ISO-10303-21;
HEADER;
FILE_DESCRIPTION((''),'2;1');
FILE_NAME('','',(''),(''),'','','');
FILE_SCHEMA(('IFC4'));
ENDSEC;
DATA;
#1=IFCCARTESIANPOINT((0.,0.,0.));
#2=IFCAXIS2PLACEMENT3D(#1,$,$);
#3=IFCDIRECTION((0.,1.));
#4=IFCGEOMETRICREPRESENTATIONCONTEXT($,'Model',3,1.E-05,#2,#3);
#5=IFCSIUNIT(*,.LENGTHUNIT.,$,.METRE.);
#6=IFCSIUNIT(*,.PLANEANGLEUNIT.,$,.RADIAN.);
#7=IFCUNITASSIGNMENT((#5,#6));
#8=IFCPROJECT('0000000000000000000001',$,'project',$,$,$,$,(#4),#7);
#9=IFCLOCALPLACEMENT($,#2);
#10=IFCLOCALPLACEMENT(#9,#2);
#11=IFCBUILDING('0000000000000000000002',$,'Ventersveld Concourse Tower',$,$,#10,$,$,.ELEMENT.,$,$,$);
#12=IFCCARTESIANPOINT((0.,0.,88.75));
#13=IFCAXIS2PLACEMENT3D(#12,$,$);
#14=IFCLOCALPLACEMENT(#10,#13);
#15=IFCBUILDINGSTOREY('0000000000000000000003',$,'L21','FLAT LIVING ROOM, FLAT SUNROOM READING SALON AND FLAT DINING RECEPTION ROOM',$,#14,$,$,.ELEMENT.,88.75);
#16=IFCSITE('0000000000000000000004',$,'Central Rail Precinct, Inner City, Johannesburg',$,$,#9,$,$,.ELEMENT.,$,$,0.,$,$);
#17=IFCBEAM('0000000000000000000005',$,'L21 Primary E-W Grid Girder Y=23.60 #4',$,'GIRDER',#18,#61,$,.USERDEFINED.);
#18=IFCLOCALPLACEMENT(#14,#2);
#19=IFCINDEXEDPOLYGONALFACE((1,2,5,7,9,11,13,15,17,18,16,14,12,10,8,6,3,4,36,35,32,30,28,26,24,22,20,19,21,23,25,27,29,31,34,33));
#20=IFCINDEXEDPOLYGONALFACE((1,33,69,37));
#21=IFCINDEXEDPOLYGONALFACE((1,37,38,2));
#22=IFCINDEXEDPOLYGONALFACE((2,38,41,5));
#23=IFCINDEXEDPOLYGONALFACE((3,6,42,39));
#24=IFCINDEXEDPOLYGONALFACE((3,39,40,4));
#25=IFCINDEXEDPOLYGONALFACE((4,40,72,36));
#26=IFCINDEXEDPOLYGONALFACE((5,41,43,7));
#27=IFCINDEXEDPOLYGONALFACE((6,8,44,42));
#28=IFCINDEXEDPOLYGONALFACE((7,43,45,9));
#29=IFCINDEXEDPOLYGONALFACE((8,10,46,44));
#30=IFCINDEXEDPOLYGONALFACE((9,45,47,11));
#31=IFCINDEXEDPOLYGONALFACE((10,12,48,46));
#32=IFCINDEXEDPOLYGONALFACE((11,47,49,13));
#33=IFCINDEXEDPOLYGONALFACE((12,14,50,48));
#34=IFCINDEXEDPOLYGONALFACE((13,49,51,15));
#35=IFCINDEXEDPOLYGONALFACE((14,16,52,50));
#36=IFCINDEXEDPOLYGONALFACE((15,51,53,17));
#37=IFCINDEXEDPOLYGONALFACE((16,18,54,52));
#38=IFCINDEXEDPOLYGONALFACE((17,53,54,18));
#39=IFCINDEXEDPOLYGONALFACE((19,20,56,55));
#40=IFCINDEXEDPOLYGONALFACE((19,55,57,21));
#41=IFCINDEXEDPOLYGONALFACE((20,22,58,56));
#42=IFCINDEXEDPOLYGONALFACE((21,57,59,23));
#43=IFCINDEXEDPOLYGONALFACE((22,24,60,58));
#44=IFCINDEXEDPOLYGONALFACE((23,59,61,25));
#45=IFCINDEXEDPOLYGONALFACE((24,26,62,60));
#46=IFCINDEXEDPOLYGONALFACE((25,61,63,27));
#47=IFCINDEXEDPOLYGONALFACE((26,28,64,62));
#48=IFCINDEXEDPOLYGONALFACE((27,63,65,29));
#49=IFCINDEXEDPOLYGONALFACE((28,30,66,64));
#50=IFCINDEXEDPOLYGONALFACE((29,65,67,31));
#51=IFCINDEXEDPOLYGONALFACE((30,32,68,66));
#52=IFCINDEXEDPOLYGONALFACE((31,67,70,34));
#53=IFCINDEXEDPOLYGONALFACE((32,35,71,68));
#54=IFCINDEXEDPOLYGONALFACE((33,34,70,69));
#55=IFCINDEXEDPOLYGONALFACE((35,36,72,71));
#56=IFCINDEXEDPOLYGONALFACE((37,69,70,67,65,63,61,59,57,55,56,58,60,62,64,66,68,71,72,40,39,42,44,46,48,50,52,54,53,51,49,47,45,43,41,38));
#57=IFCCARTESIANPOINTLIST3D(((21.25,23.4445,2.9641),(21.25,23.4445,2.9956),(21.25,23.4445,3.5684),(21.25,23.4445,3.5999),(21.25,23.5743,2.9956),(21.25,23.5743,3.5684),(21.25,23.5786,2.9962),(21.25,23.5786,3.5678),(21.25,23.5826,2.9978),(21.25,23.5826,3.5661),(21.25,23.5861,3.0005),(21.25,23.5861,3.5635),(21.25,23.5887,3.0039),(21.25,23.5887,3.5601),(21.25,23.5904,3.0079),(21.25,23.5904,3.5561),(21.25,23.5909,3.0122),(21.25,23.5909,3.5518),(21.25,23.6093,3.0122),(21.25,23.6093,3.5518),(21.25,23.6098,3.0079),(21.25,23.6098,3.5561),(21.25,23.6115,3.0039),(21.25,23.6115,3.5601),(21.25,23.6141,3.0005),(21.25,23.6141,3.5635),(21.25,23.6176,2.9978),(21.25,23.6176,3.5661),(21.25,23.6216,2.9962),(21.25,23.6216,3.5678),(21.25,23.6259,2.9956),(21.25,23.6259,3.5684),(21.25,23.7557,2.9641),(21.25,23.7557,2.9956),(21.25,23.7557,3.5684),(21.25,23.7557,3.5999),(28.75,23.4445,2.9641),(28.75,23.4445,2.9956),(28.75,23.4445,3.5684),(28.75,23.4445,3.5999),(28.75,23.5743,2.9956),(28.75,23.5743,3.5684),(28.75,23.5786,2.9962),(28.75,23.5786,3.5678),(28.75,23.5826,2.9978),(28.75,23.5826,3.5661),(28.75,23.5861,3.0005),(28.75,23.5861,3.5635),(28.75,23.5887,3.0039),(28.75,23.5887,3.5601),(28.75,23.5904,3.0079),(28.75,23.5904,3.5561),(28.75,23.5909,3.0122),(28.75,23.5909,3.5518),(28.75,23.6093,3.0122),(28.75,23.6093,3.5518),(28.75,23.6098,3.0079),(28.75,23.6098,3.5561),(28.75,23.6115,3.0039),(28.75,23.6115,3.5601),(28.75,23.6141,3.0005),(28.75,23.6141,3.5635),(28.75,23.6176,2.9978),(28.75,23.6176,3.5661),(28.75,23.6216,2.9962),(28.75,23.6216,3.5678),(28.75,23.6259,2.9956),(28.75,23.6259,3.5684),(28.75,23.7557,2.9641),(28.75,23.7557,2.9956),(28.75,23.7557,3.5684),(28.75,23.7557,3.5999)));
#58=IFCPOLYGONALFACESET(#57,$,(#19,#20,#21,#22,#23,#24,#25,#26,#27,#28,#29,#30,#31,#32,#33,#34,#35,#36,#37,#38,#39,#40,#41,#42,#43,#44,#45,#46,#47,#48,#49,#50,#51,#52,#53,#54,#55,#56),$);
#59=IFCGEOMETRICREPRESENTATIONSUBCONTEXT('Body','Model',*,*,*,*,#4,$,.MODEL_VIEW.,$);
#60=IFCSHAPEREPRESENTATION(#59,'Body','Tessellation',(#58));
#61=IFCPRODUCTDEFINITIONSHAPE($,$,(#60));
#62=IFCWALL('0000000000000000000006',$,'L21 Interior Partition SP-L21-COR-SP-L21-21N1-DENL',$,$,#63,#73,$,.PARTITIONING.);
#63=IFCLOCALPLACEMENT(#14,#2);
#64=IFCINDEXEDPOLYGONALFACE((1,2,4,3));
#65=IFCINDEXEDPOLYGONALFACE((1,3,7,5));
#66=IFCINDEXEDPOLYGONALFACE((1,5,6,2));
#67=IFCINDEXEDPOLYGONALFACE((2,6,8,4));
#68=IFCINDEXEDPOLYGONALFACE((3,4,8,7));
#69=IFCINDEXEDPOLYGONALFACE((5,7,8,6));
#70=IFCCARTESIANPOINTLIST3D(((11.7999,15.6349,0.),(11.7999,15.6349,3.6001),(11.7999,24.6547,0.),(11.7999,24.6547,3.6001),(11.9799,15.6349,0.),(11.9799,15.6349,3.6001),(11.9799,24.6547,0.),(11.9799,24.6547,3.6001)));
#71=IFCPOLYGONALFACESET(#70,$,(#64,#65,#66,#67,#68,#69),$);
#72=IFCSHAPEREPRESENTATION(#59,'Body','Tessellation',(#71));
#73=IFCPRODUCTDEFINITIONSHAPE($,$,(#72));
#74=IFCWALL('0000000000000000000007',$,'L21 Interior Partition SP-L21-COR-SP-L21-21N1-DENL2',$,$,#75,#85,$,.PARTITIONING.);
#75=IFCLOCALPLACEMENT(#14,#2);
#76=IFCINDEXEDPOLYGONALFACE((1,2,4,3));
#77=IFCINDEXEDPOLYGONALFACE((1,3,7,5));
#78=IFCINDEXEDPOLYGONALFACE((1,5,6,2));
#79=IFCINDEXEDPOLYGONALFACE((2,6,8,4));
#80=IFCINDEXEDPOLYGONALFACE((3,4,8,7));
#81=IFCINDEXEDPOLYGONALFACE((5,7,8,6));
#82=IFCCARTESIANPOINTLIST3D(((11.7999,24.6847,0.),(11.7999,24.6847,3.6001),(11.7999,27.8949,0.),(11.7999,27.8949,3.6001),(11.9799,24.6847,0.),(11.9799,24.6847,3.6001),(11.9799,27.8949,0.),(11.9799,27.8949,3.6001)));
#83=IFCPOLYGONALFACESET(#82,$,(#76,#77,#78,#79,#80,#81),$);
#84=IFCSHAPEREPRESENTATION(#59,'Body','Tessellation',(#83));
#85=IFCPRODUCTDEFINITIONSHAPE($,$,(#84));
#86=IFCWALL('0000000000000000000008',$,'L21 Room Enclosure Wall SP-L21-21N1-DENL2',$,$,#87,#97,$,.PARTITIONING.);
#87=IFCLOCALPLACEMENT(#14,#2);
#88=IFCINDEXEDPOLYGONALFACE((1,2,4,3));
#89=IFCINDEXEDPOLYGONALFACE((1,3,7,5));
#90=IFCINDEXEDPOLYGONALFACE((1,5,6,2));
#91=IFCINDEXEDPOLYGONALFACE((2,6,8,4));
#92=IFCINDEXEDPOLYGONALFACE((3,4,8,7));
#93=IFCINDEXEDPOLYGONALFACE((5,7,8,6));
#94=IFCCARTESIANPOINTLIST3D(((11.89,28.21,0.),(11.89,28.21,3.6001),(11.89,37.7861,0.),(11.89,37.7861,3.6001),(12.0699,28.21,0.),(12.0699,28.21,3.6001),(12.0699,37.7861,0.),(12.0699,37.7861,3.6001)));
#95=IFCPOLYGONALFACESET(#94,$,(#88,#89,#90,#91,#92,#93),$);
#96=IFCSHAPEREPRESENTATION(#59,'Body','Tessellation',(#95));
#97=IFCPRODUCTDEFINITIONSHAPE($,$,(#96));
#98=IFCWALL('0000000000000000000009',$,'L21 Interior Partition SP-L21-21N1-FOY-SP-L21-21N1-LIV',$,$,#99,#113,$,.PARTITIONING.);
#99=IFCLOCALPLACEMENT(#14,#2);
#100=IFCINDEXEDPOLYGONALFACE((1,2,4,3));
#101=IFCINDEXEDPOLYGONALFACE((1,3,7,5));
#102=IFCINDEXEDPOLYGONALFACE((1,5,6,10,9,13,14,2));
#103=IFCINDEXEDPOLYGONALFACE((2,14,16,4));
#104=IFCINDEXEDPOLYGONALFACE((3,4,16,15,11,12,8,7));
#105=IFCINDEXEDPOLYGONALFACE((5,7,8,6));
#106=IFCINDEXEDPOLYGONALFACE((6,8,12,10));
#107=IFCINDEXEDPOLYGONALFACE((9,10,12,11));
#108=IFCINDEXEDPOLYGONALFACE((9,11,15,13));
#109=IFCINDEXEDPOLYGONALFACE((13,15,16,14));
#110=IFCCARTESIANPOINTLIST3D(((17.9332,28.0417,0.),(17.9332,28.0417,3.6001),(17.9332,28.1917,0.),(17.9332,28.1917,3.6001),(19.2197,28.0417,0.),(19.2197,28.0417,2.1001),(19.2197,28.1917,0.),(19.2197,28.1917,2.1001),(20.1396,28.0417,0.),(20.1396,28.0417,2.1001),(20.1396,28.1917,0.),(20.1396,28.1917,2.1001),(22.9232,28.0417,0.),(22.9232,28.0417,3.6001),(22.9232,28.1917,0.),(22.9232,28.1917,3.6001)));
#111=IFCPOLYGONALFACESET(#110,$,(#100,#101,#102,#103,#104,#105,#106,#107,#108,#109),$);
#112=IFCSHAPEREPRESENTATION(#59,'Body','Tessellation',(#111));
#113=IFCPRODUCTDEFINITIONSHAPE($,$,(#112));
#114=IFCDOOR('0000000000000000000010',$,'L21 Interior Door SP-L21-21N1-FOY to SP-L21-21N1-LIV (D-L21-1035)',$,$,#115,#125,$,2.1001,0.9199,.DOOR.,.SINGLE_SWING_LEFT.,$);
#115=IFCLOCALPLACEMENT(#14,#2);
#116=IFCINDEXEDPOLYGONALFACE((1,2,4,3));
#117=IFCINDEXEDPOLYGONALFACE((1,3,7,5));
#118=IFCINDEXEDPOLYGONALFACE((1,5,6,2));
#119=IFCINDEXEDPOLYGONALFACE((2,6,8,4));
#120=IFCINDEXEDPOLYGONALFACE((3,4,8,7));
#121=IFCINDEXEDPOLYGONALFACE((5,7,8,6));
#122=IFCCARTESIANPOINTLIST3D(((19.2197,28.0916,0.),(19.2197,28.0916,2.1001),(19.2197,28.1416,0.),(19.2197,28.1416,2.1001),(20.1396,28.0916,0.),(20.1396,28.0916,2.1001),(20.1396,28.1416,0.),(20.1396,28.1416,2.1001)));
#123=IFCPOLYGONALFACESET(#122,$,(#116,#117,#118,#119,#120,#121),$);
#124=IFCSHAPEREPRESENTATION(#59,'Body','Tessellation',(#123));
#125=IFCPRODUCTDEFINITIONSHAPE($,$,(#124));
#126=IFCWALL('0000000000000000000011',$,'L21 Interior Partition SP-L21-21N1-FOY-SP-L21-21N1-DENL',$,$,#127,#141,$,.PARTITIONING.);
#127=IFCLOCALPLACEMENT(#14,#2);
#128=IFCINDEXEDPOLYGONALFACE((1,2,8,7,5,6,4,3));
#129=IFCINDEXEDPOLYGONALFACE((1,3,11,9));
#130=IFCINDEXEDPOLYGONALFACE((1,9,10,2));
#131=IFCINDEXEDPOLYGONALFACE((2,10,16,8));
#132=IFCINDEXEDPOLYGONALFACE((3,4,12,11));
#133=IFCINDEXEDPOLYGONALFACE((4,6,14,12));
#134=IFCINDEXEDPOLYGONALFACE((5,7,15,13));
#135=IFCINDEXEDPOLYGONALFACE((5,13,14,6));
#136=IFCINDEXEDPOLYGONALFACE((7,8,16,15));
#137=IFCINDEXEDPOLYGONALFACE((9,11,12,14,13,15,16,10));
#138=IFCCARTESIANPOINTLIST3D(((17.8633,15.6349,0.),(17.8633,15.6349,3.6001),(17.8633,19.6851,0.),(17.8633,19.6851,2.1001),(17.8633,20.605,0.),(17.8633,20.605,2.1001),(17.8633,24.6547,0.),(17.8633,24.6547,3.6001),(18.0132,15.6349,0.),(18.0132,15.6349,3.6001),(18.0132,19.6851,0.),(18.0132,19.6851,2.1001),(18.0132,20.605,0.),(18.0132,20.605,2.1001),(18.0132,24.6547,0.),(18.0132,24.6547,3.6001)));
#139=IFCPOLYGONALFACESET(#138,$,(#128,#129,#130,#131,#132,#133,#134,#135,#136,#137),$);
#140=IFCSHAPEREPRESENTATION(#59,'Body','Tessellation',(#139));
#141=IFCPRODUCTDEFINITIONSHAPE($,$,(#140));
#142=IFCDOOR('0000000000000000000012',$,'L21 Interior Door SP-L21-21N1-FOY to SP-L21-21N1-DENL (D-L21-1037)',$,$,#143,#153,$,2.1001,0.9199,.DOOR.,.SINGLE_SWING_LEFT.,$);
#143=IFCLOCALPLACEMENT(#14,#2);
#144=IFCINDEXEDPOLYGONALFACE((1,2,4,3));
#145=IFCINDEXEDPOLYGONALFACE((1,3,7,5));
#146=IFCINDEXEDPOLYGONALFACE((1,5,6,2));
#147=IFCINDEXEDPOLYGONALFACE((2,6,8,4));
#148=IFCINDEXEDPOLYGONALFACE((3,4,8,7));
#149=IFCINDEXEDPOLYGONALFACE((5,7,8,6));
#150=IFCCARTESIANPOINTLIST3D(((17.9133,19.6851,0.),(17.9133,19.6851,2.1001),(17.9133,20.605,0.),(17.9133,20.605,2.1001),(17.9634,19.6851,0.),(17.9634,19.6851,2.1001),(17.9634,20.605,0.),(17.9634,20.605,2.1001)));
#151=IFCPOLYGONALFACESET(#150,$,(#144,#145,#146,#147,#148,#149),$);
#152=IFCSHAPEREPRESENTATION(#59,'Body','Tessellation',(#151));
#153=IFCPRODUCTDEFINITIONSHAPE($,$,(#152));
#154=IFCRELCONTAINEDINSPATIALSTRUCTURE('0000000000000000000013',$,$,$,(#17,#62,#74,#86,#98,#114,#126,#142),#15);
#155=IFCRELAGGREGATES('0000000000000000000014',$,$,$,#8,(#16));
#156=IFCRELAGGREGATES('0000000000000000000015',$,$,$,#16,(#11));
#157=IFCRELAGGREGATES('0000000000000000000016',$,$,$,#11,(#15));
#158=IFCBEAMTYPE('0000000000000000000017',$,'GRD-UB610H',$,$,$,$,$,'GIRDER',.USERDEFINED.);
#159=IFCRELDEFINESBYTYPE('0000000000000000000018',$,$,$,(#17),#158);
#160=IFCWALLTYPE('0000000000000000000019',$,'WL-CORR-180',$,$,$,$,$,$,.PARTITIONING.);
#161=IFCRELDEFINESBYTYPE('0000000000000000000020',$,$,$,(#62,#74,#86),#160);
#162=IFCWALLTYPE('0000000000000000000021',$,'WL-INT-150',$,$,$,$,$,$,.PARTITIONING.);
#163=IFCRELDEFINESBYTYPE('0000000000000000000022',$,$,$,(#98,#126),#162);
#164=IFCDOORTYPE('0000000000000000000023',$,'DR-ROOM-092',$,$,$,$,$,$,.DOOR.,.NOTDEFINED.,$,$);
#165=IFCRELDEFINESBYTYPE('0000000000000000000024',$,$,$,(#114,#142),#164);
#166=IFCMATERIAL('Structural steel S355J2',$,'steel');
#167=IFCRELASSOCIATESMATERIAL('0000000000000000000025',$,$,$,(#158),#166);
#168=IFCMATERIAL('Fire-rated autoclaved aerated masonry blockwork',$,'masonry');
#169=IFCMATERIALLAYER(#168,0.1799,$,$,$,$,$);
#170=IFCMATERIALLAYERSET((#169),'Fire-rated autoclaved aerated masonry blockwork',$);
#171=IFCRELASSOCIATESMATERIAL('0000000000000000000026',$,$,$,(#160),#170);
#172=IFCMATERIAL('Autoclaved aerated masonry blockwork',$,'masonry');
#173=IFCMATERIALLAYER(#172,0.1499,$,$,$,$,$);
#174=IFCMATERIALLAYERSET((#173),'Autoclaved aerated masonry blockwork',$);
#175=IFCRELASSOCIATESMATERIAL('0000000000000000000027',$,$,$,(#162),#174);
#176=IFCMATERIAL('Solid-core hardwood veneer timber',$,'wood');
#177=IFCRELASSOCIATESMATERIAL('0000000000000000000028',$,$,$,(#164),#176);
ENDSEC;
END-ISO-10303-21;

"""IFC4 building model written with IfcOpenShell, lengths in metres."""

from ifc_helpers import new_model, si_unit, direction, frame, frame_2d, origin, origin_2d, place, context, subcontext, project, spatial, rectangle, i_section, extrude, material, layer, layer_set, material_profile, profile_set, type_object, element, fill, save


model = new_model("IFC4")

# Units and contexts
model_context = context("Model", 3, precision=1e-05, world=origin(), true_north=direction((0.0, 1.0)))
body_context = subcontext(model_context, "Body", "Model", "MODEL_VIEW")
ifc_project = project(units=[si_unit("LENGTHUNIT", "METRE"), si_unit("PLANEANGLEUNIT", "RADIAN")], contexts=[model_context])

# Site, building, storey
site_placement = place(None, origin())
site = spatial("IfcSite", under=ifc_project, at=site_placement, Name="Central Rail Precinct, Inner City, Johannesburg", CompositionType="ELEMENT", RefElevation=0.0)
building_placement = place(site_placement, origin())
building = spatial("IfcBuilding", under=site, at=building_placement, Name="Ventersveld Concourse Tower", CompositionType="ELEMENT")
storey_placement = place(building_placement, frame((0.0, 0.0, 88.75)))
storey = spatial("IfcBuildingStorey", under=building, at=storey_placement, Name="L21", Description="FLAT LIVING ROOM, FLAT SUNROOM READING SALON AND FLAT DINING RECEPTION ROOM", CompositionType="ELEMENT", Elevation=88.75)

# Beam
ifc_material_1 = material(Name="Structural steel S355J2", Category="steel")
ifc_material_profile_1 = material_profile(ifc_material_1, i_section(OverallWidth=0.3113, OverallDepth=0.6357, WebThickness=0.0183, FlangeThickness=0.0315, FilletRadius=0.0166, at=origin_2d()), Name="UB 610x305x238")
ifc_profile_set_1 = profile_set([ifc_material_profile_1], Name="Structural steel S355J2")
beam_type_1 = type_object("IfcBeamType", Name="GRD-UB610H", ElementType="GIRDER", PredefinedType="USERDEFINED", material=ifc_profile_set_1)
for number, where, z_axis, x_axis, name in (
    (1, (21.25, 23.6001, 3.282), (1.0, 0.0, 0.0), (0.0, 1.0, 0.0), "L21 Primary E-W Grid Girder Y=23.60 #4"),
):
    element("IfcBeam", number, at=place(storey_placement, frame(where, z_axis=z_axis, x_axis=x_axis)), inside=storey, type_object=beam_type_1, Name=name, ObjectType="GIRDER", PredefinedType="USERDEFINED", context=body_context, shape_type="SweptSolid", body=[
        extrude(i_section(OverallWidth=0.3113, OverallDepth=0.6357, WebThickness=0.0183, FlangeThickness=0.0315, FilletRadius=0.0166, at=origin_2d()), origin(), (0.0, 0.0, 1.0), 7.5),
    ])

# Walls
ifc_material_2 = material(Name="Fire-rated autoclaved aerated masonry blockwork", Category="masonry")
ifc_layer_1 = layer(ifc_material_2, 0.1799)
ifc_layer_set_1 = layer_set([ifc_layer_1], Name="Fire-rated autoclaved aerated masonry blockwork")
wall_type_1 = type_object("IfcWallType", Name="WL-CORR-180", PredefinedType="PARTITIONING", material=ifc_layer_set_1)
wall_1_placement = place(storey_placement, frame((11.8899, 15.635, 0.0), z_axis=(0.0, 0.0, 1.0), x_axis=(0.0, 1.0, 0.0)))
element("IfcWall", 2, at=wall_1_placement, inside=storey, type_object=wall_type_1, Name="L21 Interior Partition SP-L21-COR-SP-L21-21N1-DENL", PredefinedType="PARTITIONING", context=body_context, shape_type="SweptSolid", body=[
    extrude(rectangle(XDim=9.0198, YDim=0.1799, at=frame_2d((4.5098, 0.0))), origin(), (0.0, 0.0, 1.0), 3.6001),
])
wall_2_placement = place(storey_placement, frame((11.8899, 24.6848, 0.0), z_axis=(0.0, 0.0, 1.0), x_axis=(0.0, 1.0, 0.0)))
element("IfcWall", 3, at=wall_2_placement, inside=storey, type_object=wall_type_1, Name="L21 Interior Partition SP-L21-COR-SP-L21-21N1-DENL2", PredefinedType="PARTITIONING", context=body_context, shape_type="SweptSolid", body=[
    extrude(rectangle(XDim=3.2102, YDim=0.1799, at=frame_2d((1.605, 0.0))), origin(), (0.0, 0.0, 1.0), 3.6001),
])
wall_3_placement = place(storey_placement, frame((11.98, 28.21, 0.0), z_axis=(0.0, 0.0, 1.0), x_axis=(0.0, 1.0, 0.0)))
element("IfcWall", 4, at=wall_3_placement, inside=storey, type_object=wall_type_1, Name="L21 Room Enclosure Wall SP-L21-21N1-DENL2", PredefinedType="PARTITIONING", context=body_context, shape_type="SweptSolid", body=[
    extrude(rectangle(XDim=9.5762, YDim=0.1799, at=frame_2d((4.7881, 0.0))), origin(), (0.0, 0.0, 1.0), 3.6001),
])

# Walls, openings, doors
ifc_material_3 = material(Name="Autoclaved aerated masonry blockwork", Category="masonry")
ifc_layer_2 = layer(ifc_material_3, 0.1499)
ifc_layer_set_2 = layer_set([ifc_layer_2], Name="Autoclaved aerated masonry blockwork")
wall_type_2 = type_object("IfcWallType", Name="WL-INT-150", PredefinedType="PARTITIONING", material=ifc_layer_set_2)
wall_4_placement = place(storey_placement, frame((17.9331, 28.1167, 0.0), z_axis=(0.0, 0.0, 1.0), x_axis=(1.0, 0.0, 0.0)))
wall_4 = element("IfcWall", 5, at=wall_4_placement, inside=storey, type_object=wall_type_2, Name="L21 Interior Partition SP-L21-21N1-FOY-SP-L21-21N1-LIV", PredefinedType="PARTITIONING", context=body_context, shape_type="SweptSolid", body=[
    extrude(rectangle(XDim=4.99, YDim=0.1499, at=frame_2d((2.4951, 0.0))), origin(), (0.0, 0.0, 1.0), 3.6001),
])
opening_1_placement = place(wall_4_placement, frame((1.2866, 0.0, 0.0)))
opening_1 = element("IfcOpeningElement", 6, at=opening_1_placement, cuts=wall_4, PredefinedType="OPENING", context=body_context, shape_type="SweptSolid", body=[
    extrude(rectangle(XDim=0.9199, YDim=2.1001, at=frame_2d((0.46, 1.05))), frame((0.0, 0.085, 0.0), z_axis=(0.0, -1.0, 0.0), x_axis=(1.0, 0.0, 0.0)), (0.0, 0.0, 1.0), 0.1699),
])
ifc_material_4 = material(Name="Solid-core hardwood veneer timber", Category="wood")
door_type = type_object("IfcDoorType", Name="DR-ROOM-092", OperationType="NOTDEFINED", PredefinedType="DOOR", material=ifc_material_4)
door_1_placement = place(opening_1_placement, origin())
door_1 = element("IfcDoor", 7, at=door_1_placement, inside=storey, type_object=door_type, Name="L21 Interior Door SP-L21-21N1-FOY to SP-L21-21N1-LIV (D-L21-1035)", OperationType="SINGLE_SWING_LEFT", OverallHeight=2.1001, OverallWidth=0.9199, PredefinedType="DOOR", context=body_context, shape_type="SweptSolid", body=[
    extrude(rectangle(XDim=0.9199, YDim=2.1001, at=frame_2d((0.46, 1.05))), frame((0.0, 0.0249, 0.0), z_axis=(0.0, -1.0, 0.0), x_axis=(1.0, 0.0, 0.0)), (0.0, 0.0, 1.0), 0.05),
])
fill(opening_1, door_1)
wall_5_placement = place(storey_placement, frame((17.9382, 15.635, 0.0), z_axis=(0.0, 0.0, 1.0), x_axis=(0.0, 1.0, 0.0)))
wall_5 = element("IfcWall", 8, at=wall_5_placement, inside=storey, type_object=wall_type_2, Name="L21 Interior Partition SP-L21-21N1-FOY-SP-L21-21N1-DENL", PredefinedType="PARTITIONING", context=body_context, shape_type="SweptSolid", body=[
    extrude(rectangle(XDim=9.0198, YDim=0.1499, at=frame_2d((4.5098, 0.0))), origin(), (0.0, 0.0, 1.0), 3.6001),
])
opening_2_placement = place(wall_5_placement, frame((4.05, 0.0, 0.0)))
opening_2 = element("IfcOpeningElement", 9, at=opening_2_placement, cuts=wall_5, PredefinedType="OPENING", context=body_context, shape_type="SweptSolid", body=[
    extrude(rectangle(XDim=0.9199, YDim=2.1001, at=frame_2d((0.46, 1.05))), frame((0.0, 0.085, 0.0), z_axis=(0.0, -1.0, 0.0), x_axis=(1.0, 0.0, 0.0)), (0.0, 0.0, 1.0), 0.1699),
])
door_2_placement = place(opening_2_placement, origin())
door_2 = element("IfcDoor", 10, at=door_2_placement, inside=storey, type_object=door_type, Name="L21 Interior Door SP-L21-21N1-FOY to SP-L21-21N1-DENL (D-L21-1037)", OperationType="SINGLE_SWING_LEFT", OverallHeight=2.1001, OverallWidth=0.9199, PredefinedType="DOOR", context=body_context, shape_type="SweptSolid", body=[
    extrude(rectangle(XDim=0.9199, YDim=2.1001, at=frame_2d((0.46, 1.05))), frame((0.0, 0.0249, 0.0), z_axis=(0.0, -1.0, 0.0), x_axis=(1.0, 0.0, 0.0)), (0.0, 0.0, 1.0), 0.05),
])
fill(opening_2, door_2)

save(model, "model.ifc")
